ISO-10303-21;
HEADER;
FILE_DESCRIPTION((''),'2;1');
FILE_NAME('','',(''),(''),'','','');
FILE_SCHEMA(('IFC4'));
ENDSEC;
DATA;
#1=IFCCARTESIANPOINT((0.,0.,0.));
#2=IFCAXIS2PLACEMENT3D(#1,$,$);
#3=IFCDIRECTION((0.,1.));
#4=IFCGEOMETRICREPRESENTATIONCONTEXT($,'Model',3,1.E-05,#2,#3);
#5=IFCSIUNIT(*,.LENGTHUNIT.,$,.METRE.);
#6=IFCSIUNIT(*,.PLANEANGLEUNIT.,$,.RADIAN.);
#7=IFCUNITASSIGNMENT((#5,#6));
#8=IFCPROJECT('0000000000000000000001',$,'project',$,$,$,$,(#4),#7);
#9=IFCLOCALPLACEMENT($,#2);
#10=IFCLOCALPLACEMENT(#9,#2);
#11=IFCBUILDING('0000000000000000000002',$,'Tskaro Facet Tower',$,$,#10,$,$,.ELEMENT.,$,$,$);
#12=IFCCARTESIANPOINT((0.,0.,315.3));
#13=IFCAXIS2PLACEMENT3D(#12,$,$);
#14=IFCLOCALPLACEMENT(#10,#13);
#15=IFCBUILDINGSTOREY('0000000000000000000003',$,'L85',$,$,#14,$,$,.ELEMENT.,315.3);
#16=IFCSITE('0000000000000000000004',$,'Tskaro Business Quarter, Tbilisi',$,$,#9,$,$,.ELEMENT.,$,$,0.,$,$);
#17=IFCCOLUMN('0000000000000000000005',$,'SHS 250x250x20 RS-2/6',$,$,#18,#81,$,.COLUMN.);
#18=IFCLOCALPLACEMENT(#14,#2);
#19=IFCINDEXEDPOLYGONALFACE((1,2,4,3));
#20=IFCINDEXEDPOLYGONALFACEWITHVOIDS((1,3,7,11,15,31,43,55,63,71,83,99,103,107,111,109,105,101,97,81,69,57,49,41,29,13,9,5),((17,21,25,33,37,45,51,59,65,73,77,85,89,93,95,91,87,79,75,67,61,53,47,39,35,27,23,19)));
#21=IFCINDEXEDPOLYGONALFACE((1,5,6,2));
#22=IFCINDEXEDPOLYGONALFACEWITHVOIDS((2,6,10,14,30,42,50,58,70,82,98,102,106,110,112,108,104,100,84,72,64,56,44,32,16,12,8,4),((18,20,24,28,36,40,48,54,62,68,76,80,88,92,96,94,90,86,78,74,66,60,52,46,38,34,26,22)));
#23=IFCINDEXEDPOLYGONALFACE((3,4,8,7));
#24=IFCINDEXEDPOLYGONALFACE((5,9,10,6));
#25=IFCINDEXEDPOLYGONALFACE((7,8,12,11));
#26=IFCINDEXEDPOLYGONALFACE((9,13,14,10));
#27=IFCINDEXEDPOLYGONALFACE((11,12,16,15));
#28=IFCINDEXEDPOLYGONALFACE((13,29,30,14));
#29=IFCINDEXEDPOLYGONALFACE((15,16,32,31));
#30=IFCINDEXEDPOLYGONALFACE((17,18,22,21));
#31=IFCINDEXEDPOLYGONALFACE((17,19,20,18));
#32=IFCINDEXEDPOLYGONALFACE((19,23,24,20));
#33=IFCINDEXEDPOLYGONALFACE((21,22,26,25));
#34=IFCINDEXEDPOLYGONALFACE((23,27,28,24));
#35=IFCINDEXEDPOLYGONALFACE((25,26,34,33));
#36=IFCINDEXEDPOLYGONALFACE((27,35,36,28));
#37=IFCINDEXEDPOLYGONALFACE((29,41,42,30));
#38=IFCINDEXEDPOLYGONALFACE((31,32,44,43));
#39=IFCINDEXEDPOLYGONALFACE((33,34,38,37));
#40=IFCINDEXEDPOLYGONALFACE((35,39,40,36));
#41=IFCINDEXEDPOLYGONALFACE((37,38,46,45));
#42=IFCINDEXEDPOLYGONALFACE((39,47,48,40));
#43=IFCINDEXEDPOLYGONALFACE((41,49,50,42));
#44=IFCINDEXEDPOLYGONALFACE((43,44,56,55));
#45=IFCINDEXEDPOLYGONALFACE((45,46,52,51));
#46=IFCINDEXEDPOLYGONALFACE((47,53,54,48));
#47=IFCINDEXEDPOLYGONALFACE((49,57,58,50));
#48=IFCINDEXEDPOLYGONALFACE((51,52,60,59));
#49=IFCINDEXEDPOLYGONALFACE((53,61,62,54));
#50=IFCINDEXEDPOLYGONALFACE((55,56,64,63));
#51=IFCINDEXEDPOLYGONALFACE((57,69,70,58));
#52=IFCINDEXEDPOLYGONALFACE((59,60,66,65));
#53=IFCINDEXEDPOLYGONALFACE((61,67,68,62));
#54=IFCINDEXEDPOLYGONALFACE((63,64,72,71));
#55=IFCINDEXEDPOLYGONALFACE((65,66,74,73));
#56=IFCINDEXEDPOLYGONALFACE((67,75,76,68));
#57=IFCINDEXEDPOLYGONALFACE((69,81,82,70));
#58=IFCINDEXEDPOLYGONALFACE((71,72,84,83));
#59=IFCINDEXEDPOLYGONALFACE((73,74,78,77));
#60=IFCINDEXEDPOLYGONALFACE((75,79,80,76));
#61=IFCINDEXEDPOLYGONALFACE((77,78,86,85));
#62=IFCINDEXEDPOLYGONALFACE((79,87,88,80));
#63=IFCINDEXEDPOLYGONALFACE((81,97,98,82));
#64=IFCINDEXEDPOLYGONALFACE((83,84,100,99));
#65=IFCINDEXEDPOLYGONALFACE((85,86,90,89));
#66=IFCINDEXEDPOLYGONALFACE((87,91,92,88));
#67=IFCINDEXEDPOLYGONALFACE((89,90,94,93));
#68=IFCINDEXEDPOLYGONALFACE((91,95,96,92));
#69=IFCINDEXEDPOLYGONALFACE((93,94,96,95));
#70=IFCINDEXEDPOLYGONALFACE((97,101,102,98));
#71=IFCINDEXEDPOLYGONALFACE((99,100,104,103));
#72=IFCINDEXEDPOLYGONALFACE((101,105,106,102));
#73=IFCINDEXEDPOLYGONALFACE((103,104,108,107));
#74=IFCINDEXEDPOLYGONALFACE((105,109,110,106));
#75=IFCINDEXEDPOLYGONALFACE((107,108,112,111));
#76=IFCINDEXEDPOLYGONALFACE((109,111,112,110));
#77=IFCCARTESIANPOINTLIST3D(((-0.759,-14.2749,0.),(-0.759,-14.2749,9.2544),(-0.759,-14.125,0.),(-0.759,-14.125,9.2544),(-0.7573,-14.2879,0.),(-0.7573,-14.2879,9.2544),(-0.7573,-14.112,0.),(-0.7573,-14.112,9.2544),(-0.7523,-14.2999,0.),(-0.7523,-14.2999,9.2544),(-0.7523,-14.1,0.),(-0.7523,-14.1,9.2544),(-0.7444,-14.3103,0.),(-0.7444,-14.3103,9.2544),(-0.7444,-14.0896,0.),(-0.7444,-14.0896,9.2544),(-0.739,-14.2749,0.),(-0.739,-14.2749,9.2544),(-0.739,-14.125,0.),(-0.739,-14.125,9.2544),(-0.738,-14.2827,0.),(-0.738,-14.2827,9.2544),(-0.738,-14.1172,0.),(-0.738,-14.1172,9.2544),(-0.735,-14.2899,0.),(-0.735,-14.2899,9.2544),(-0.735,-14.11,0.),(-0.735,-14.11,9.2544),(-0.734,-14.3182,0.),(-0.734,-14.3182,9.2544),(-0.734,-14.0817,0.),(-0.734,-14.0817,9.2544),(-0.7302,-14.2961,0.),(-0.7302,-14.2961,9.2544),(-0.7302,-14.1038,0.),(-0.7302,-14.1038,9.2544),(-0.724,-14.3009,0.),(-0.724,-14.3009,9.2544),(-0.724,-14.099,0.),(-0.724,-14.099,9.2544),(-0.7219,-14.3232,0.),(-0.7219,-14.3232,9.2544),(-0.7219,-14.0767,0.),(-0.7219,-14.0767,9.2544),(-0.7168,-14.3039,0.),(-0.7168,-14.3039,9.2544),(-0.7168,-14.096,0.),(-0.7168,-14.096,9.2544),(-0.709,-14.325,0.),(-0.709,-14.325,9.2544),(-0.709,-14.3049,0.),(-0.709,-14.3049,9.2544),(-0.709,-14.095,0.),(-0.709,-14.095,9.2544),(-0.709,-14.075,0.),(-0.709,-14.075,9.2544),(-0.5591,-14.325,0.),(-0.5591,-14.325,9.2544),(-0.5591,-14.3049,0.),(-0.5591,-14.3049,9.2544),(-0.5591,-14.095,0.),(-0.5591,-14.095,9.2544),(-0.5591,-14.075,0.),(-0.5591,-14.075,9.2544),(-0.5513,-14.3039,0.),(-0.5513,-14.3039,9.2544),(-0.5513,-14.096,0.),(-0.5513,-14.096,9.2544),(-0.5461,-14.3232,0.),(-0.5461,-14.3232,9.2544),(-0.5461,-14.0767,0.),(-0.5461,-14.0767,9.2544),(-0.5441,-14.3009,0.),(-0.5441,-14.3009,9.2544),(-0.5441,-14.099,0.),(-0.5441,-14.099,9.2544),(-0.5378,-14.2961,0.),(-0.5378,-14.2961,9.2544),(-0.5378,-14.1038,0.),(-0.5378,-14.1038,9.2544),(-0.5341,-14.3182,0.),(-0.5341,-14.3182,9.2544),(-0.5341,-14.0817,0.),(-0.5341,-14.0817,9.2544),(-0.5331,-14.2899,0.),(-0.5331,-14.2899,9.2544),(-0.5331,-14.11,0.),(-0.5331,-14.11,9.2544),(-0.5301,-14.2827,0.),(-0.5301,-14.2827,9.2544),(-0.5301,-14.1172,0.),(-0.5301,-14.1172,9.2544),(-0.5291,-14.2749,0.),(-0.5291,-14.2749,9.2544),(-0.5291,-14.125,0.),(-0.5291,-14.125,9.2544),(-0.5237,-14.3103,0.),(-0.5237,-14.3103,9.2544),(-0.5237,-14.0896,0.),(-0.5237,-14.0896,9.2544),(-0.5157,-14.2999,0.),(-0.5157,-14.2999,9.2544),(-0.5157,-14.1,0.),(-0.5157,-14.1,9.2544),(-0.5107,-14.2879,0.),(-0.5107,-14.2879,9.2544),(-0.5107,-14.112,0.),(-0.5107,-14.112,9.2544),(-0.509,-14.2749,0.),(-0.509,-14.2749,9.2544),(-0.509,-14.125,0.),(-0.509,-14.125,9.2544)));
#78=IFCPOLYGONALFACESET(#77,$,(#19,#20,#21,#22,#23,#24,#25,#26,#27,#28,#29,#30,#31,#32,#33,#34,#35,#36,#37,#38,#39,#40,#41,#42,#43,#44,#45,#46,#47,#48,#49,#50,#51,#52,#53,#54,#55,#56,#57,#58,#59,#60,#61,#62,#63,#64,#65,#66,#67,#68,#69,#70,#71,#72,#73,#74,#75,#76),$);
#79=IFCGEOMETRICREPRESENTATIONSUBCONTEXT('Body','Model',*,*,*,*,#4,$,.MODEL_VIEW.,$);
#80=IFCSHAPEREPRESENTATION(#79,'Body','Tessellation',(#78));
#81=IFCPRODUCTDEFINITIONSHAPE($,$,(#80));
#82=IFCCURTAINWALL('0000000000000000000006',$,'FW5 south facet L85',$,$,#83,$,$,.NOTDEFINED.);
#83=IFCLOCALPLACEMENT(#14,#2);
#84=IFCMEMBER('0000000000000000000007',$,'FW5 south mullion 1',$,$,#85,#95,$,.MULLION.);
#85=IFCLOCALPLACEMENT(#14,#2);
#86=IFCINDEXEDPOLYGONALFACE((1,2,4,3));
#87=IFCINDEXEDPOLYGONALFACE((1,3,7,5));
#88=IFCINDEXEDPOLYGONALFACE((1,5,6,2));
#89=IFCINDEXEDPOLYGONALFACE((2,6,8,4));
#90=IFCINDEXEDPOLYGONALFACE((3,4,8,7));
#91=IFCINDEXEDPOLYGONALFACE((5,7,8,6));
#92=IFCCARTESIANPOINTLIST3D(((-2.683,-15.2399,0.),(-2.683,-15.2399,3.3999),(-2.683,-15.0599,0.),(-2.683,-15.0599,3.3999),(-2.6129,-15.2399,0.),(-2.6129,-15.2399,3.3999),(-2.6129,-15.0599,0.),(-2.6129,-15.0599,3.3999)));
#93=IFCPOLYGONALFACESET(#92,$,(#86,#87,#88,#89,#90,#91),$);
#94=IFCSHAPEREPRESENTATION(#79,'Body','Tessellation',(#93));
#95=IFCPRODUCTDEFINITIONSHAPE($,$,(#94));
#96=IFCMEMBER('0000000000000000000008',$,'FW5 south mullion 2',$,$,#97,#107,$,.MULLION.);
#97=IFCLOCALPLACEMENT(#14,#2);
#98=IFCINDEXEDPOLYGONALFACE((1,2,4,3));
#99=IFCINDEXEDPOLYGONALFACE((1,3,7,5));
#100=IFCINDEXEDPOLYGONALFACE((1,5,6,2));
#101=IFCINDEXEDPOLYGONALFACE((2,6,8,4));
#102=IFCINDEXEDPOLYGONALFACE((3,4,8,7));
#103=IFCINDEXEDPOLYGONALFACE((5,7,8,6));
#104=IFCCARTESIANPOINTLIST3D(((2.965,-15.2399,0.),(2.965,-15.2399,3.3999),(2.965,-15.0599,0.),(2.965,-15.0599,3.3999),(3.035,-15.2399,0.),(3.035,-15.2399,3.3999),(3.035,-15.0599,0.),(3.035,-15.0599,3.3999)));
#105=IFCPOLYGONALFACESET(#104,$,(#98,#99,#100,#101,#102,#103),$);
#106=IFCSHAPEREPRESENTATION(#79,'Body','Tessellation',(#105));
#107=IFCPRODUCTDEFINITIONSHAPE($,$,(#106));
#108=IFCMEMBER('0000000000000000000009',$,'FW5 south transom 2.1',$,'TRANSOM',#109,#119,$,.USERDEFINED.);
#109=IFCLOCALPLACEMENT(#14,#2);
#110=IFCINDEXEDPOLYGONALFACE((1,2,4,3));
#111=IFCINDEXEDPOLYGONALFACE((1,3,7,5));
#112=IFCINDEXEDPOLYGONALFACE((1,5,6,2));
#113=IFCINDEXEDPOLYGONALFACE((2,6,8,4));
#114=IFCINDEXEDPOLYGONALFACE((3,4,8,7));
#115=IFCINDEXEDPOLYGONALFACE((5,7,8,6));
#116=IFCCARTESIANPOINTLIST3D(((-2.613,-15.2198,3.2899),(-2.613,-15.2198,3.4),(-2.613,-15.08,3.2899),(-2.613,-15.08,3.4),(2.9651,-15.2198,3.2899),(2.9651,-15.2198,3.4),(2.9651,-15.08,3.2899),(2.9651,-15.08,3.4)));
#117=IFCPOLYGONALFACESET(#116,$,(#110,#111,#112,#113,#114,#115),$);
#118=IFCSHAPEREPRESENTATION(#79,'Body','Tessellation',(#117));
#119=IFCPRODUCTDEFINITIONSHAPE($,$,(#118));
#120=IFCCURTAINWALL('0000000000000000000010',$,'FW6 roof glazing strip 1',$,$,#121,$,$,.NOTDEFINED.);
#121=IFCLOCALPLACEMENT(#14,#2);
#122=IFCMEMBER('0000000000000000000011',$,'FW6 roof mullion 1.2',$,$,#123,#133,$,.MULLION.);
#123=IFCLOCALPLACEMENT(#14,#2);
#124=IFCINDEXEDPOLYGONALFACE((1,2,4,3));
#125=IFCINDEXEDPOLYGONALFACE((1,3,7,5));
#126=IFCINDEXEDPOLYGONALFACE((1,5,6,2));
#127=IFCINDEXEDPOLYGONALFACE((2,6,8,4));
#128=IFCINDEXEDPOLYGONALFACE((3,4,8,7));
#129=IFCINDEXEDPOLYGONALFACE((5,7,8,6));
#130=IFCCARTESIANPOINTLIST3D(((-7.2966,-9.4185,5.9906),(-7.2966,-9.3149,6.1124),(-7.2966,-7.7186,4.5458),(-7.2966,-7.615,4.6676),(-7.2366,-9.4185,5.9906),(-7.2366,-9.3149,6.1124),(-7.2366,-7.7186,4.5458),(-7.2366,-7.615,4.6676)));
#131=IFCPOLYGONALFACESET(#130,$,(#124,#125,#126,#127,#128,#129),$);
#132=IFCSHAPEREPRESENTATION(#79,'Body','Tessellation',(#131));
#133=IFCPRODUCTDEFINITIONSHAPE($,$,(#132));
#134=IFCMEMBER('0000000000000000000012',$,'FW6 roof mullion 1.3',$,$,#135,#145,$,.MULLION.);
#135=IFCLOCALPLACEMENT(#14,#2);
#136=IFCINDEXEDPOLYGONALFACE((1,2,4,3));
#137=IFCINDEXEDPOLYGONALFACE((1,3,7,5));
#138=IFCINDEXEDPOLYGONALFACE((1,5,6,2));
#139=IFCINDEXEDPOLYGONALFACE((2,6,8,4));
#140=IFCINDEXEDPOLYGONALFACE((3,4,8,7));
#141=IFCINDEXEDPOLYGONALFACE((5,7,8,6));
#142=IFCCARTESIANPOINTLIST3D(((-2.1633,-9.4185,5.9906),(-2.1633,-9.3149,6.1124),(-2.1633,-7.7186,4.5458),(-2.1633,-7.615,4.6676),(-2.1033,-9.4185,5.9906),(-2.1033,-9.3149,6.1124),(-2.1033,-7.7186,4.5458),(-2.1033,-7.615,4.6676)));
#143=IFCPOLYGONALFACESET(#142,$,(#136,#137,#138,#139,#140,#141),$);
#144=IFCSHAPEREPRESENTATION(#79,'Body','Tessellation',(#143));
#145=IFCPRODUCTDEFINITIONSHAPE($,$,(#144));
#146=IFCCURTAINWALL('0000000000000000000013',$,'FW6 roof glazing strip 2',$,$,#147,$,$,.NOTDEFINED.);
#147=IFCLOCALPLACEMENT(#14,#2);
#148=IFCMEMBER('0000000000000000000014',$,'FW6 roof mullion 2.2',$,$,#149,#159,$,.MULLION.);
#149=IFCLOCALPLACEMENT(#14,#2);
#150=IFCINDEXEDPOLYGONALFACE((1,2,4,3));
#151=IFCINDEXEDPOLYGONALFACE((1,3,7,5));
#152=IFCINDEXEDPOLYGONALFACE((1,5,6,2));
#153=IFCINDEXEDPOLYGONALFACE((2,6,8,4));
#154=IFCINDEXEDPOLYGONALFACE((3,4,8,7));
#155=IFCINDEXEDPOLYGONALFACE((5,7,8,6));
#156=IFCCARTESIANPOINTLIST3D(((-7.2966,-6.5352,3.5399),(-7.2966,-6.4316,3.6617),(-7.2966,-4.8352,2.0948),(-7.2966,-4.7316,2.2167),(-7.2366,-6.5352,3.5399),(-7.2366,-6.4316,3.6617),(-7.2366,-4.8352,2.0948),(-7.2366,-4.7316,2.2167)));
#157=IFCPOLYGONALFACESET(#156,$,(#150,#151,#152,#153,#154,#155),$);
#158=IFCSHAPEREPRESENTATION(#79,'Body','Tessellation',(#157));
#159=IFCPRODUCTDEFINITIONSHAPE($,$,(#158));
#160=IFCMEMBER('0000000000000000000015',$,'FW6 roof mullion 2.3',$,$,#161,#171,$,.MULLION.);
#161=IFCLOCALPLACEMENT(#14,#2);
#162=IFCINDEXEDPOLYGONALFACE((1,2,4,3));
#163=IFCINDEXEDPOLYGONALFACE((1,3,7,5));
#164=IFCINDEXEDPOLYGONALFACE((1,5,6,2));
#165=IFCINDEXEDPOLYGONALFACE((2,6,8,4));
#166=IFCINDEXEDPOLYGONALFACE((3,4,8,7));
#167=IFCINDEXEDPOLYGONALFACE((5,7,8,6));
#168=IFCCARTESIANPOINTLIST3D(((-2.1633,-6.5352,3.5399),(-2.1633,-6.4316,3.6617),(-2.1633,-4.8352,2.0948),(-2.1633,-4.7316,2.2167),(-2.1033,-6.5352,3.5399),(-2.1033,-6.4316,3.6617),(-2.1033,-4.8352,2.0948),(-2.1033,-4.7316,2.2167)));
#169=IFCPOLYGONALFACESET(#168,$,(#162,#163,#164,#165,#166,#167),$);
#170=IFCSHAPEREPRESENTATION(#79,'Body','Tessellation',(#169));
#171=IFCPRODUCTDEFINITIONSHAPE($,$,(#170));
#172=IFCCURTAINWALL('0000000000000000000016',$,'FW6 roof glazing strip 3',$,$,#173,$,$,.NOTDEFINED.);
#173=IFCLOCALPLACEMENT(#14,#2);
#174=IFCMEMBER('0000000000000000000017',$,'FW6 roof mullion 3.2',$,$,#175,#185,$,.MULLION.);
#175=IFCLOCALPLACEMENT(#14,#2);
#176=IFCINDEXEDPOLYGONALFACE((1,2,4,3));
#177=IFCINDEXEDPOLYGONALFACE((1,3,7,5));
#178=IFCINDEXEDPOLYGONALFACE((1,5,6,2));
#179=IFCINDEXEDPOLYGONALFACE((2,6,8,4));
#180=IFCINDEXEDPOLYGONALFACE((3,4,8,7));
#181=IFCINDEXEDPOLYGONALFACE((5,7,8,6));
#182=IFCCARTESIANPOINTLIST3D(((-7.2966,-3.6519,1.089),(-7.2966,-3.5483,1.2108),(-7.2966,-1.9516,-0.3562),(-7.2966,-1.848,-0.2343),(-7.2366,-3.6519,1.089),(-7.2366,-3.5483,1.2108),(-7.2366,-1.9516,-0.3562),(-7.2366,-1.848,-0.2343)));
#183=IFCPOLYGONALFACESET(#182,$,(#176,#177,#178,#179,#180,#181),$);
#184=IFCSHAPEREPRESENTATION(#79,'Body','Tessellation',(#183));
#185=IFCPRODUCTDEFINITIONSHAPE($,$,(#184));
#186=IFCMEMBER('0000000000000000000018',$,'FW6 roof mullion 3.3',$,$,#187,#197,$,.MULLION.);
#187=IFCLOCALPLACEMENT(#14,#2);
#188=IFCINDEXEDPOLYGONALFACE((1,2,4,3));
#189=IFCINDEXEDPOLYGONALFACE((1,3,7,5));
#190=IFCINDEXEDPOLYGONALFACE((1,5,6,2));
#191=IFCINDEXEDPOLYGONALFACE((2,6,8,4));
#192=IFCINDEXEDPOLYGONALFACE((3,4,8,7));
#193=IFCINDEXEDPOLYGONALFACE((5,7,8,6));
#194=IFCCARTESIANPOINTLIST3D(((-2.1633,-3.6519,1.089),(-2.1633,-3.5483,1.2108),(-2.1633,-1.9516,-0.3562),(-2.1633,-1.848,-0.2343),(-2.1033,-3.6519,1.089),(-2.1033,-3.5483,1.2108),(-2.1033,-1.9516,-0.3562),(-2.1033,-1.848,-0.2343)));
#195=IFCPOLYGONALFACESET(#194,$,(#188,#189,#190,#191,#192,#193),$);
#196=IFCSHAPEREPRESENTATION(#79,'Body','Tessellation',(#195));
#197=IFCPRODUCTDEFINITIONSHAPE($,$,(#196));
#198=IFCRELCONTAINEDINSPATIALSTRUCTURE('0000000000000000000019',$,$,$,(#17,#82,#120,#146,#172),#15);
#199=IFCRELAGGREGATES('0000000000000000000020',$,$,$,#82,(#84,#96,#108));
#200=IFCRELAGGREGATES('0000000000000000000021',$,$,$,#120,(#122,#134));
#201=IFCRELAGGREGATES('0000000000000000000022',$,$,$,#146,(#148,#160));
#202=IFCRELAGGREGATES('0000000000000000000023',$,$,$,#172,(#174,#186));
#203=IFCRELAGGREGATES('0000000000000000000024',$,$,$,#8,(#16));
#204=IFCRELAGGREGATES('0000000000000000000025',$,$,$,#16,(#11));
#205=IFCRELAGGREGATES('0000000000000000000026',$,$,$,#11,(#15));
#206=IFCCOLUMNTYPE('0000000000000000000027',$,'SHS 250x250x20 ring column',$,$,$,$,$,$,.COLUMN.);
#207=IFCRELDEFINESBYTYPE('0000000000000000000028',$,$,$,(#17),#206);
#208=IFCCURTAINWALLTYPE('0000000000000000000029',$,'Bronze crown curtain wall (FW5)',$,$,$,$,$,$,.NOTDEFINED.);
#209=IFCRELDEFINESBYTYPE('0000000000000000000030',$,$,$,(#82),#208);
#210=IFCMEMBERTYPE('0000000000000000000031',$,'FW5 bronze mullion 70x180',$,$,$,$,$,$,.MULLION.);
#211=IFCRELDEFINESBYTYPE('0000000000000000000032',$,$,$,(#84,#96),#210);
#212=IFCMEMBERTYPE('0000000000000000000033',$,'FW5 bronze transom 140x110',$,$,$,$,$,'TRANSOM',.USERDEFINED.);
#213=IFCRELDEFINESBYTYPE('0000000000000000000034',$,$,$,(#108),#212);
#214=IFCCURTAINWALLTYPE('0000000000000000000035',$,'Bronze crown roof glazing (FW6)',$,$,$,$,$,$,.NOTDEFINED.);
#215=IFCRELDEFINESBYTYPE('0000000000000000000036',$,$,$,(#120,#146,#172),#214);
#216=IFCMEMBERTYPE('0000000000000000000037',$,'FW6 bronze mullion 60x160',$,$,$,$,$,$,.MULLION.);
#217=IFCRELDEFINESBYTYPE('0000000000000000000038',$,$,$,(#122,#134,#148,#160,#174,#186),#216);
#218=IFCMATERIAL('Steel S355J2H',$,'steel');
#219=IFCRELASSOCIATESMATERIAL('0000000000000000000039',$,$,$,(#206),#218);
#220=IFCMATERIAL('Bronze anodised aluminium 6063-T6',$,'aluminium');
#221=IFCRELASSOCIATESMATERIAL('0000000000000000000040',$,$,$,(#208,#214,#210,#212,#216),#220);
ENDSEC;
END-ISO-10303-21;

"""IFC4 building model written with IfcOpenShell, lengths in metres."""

from ifc_helpers import new_model, si_unit, direction, frame, origin, origin_2d, place, context, subcontext, project, spatial, rectangle, hollow_rectangle, extrude, material, material_profile, profile_set, type_object, element, aggregate, save


model = new_model("IFC4")

# Units and contexts
model_context = context("Model", 3, precision=1e-05, world=origin(), true_north=direction((0.0, 1.0)))
body_context = subcontext(model_context, "Body", "Model", "MODEL_VIEW")
ifc_project = project(units=[si_unit("LENGTHUNIT", "METRE"), si_unit("PLANEANGLEUNIT", "RADIAN")], contexts=[model_context])

# Site, building, storey
site_placement = place(None, origin())
site = spatial("IfcSite", under=ifc_project, at=site_placement, Name="Tskaro Business Quarter, Tbilisi", CompositionType="ELEMENT", RefElevation=0.0)
building_placement = place(site_placement, origin())
building = spatial("IfcBuilding", under=site, at=building_placement, Name="Tskaro Facet Tower", CompositionType="ELEMENT")
storey_placement = place(building_placement, frame((0.0, 0.0, 315.3)))
storey = spatial("IfcBuildingStorey", under=building, at=storey_placement, Name="L85", CompositionType="ELEMENT", Elevation=315.3)

# Column
ifc_material_1 = material(Name="Steel S355J2H", Category="steel")
ifc_material_profile_1 = material_profile(ifc_material_1, hollow_rectangle(XDim=0.25, YDim=0.25, WallThickness=0.02, InnerFilletRadius=0.03, OuterFilletRadius=0.05, at=origin_2d()), Name="SHS 250x250x20")
ifc_profile_set_1 = profile_set([ifc_material_profile_1], Name="Steel S355J2H")
column_type = type_object("IfcColumnType", Name="SHS 250x250x20 ring column", PredefinedType="COLUMN", material=ifc_profile_set_1)
column_placement = place(storey_placement, frame((-0.634, -14.2, 0.0), z_axis=(0.0, 0.0, 1.0), x_axis=(1.0, 0.0, 0.0)))
element("IfcColumn", 1, at=column_placement, inside=storey, type_object=column_type, Name="SHS 250x250x20 RS-2/6", PredefinedType="COLUMN", context=body_context, shape_type="SweptSolid", body=[
    extrude(hollow_rectangle(XDim=0.25, YDim=0.25, WallThickness=0.02, InnerFilletRadius=0.03, OuterFilletRadius=0.05, at=origin_2d()), origin(), (0.0, 0.0, 1.0), 9.2544),
])

# Curtain walls, members
ifc_material_2 = material(Name="Bronze anodised aluminium 6063-T6", Category="aluminium")
curtain_wall_type_1 = type_object("IfcCurtainWallType", Name="Bronze crown curtain wall (FW5)", PredefinedType="NOTDEFINED", material=ifc_material_2)
curtain_wall_1_placement = place(storey_placement, origin())
curtain_wall_1 = element("IfcCurtainWall", 2, at=curtain_wall_1_placement, inside=storey, type_object=curtain_wall_type_1, Name="FW5 south facet L85", PredefinedType="NOTDEFINED")
ifc_material_profile_2 = material_profile(ifc_material_2, rectangle(XDim=0.0701, YDim=0.1799, at=origin_2d()), Name="Mullion 70x180")
ifc_profile_set_2 = profile_set([ifc_material_profile_2], Name="Bronze anodised aluminium 6063-T6")
member_type_1 = type_object("IfcMemberType", Name="FW5 bronze mullion 70x180", PredefinedType="MULLION", material=ifc_profile_set_2)
member_1_placement = place(storey_placement, frame((-2.6479, -15.1499, 0.0), z_axis=(0.0, 0.0, 1.0), x_axis=(1.0, 0.0, 0.0)))
member_1 = element("IfcMember", 3, at=member_1_placement, type_object=member_type_1, Name="FW5 south mullion 1", PredefinedType="MULLION", context=body_context, shape_type="SweptSolid", body=[
    extrude(rectangle(XDim=0.0701, YDim=0.1799, at=origin_2d()), origin(), (0.0, 0.0, 1.0), 3.3999),
])
member_2_placement = place(storey_placement, frame((3.0, -15.1499, 0.0), z_axis=(0.0, 0.0, 1.0), x_axis=(1.0, 0.0, 0.0)))
member_2 = element("IfcMember", 4, at=member_2_placement, type_object=member_type_1, Name="FW5 south mullion 2", PredefinedType="MULLION", context=body_context, shape_type="SweptSolid", body=[
    extrude(rectangle(XDim=0.0701, YDim=0.1799, at=origin_2d()), origin(), (0.0, 0.0, 1.0), 3.3999),
])
ifc_material_profile_3 = material_profile(ifc_material_2, rectangle(XDim=0.1399, YDim=0.1101, at=origin_2d()), Name="Transom 140x110")
ifc_profile_set_3 = profile_set([ifc_material_profile_3], Name="Bronze anodised aluminium 6063-T6")
member_type_2 = type_object("IfcMemberType", Name="FW5 bronze transom 140x110", ElementType="TRANSOM", PredefinedType="USERDEFINED", material=ifc_profile_set_3)
member_3_placement = place(storey_placement, frame((-2.613, -15.1499, 3.345), z_axis=(1.0, 0.0, 0.0), x_axis=(0.0, 1.0, 0.0)))
member_3 = element("IfcMember", 5, at=member_3_placement, type_object=member_type_2, Name="FW5 south transom 2.1", ObjectType="TRANSOM", PredefinedType="USERDEFINED", context=body_context, shape_type="SweptSolid", body=[
    extrude(rectangle(XDim=0.1399, YDim=0.1101, at=origin_2d()), origin(), (0.0, 0.0, 1.0), 5.5781),
])
curtain_wall_type_2 = type_object("IfcCurtainWallType", Name="Bronze crown roof glazing (FW6)", PredefinedType="NOTDEFINED", material=ifc_material_2)
curtain_wall_2_placement = place(storey_placement, origin())
curtain_wall_2 = element("IfcCurtainWall", 6, at=curtain_wall_2_placement, inside=storey, type_object=curtain_wall_type_2, Name="FW6 roof glazing strip 1", PredefinedType="NOTDEFINED")
ifc_material_profile_4 = material_profile(ifc_material_2, rectangle(XDim=0.0601, YDim=0.1599, at=origin_2d()), Name="Mullion 60x160")
ifc_profile_set_4 = profile_set([ifc_material_profile_4], Name="Bronze anodised aluminium 6063-T6")
member_type_3 = type_object("IfcMemberType", Name="FW6 bronze mullion 60x160", PredefinedType="MULLION", material=ifc_profile_set_4)
member_4_placement = place(storey_placement, frame((-7.2666, -9.3667, 6.0515), z_axis=(0.0, 0.761969, -0.647613), x_axis=(-1.0, 0.0, 0.0)))
member_4 = element("IfcMember", 7, at=member_4_placement, type_object=member_type_3, Name="FW6 roof mullion 1.2", PredefinedType="MULLION", context=body_context, shape_type="SweptSolid", body=[
    extrude(rectangle(XDim=0.0601, YDim=0.1599, at=origin_2d()), origin(), (0.0, 0.0, 1.0), 2.231),
])
member_5_placement = place(storey_placement, frame((-2.1333, -9.3667, 6.0515), z_axis=(0.0, 0.761969, -0.647613), x_axis=(-1.0, 0.0, 0.0)))
member_5 = element("IfcMember", 8, at=member_5_placement, type_object=member_type_3, Name="FW6 roof mullion 1.3", PredefinedType="MULLION", context=body_context, shape_type="SweptSolid", body=[
    extrude(rectangle(XDim=0.0601, YDim=0.1599, at=origin_2d()), origin(), (0.0, 0.0, 1.0), 2.231),
])
curtain_wall_3_placement = place(storey_placement, origin())
curtain_wall_3 = element("IfcCurtainWall", 9, at=curtain_wall_3_placement, inside=storey, type_object=curtain_wall_type_2, Name="FW6 roof glazing strip 2", PredefinedType="NOTDEFINED")
member_6_placement = place(storey_placement, frame((-7.2666, -6.4834, 3.6008), z_axis=(0.0, 0.761915, -0.647677), x_axis=(-1.0, 0.0, 0.0)))
member_6 = element("IfcMember", 10, at=member_6_placement, type_object=member_type_3, Name="FW6 roof mullion 2.2", PredefinedType="MULLION", context=body_context, shape_type="SweptSolid", body=[
    extrude(rectangle(XDim=0.0601, YDim=0.1599, at=origin_2d()), origin(), (0.0, 0.0, 1.0), 2.2312),
])
member_7_placement = place(storey_placement, frame((-2.1333, -6.4834, 3.6008), z_axis=(0.0, 0.761915, -0.647677), x_axis=(-1.0, 0.0, 0.0)))
member_7 = element("IfcMember", 11, at=member_7_placement, type_object=member_type_3, Name="FW6 roof mullion 2.3", PredefinedType="MULLION", context=body_context, shape_type="SweptSolid", body=[
    extrude(rectangle(XDim=0.0601, YDim=0.1599, at=origin_2d()), origin(), (0.0, 0.0, 1.0), 2.2312),
])
curtain_wall_4_placement = place(storey_placement, origin())
curtain_wall_4 = element("IfcCurtainWall", 12, at=curtain_wall_4_placement, inside=storey, type_object=curtain_wall_type_2, Name="FW6 roof glazing strip 3", PredefinedType="NOTDEFINED")
member_8_placement = place(storey_placement, frame((-7.2666, -3.6001, 1.1499), z_axis=(0.0, 0.761961, -0.647623), x_axis=(-1.0, 0.0, 0.0)))
member_8 = element("IfcMember", 13, at=member_8_placement, type_object=member_type_3, Name="FW6 roof mullion 3.2", PredefinedType="MULLION", context=body_context, shape_type="SweptSolid", body=[
    extrude(rectangle(XDim=0.0601, YDim=0.1599, at=origin_2d()), origin(), (0.0, 0.0, 1.0), 2.2314),
])
member_9_placement = place(storey_placement, frame((-2.1333, -3.6001, 1.1499), z_axis=(0.0, 0.761961, -0.647623), x_axis=(-1.0, 0.0, 0.0)))
member_9 = element("IfcMember", 14, at=member_9_placement, type_object=member_type_3, Name="FW6 roof mullion 3.3", PredefinedType="MULLION", context=body_context, shape_type="SweptSolid", body=[
    extrude(rectangle(XDim=0.0601, YDim=0.1599, at=origin_2d()), origin(), (0.0, 0.0, 1.0), 2.2314),
])

aggregate(curtain_wall_1, [member_1, member_2, member_3])
aggregate(curtain_wall_2, [member_4, member_5])
aggregate(curtain_wall_3, [member_6, member_7])
aggregate(curtain_wall_4, [member_8, member_9])

save(model, "model.ifc")
